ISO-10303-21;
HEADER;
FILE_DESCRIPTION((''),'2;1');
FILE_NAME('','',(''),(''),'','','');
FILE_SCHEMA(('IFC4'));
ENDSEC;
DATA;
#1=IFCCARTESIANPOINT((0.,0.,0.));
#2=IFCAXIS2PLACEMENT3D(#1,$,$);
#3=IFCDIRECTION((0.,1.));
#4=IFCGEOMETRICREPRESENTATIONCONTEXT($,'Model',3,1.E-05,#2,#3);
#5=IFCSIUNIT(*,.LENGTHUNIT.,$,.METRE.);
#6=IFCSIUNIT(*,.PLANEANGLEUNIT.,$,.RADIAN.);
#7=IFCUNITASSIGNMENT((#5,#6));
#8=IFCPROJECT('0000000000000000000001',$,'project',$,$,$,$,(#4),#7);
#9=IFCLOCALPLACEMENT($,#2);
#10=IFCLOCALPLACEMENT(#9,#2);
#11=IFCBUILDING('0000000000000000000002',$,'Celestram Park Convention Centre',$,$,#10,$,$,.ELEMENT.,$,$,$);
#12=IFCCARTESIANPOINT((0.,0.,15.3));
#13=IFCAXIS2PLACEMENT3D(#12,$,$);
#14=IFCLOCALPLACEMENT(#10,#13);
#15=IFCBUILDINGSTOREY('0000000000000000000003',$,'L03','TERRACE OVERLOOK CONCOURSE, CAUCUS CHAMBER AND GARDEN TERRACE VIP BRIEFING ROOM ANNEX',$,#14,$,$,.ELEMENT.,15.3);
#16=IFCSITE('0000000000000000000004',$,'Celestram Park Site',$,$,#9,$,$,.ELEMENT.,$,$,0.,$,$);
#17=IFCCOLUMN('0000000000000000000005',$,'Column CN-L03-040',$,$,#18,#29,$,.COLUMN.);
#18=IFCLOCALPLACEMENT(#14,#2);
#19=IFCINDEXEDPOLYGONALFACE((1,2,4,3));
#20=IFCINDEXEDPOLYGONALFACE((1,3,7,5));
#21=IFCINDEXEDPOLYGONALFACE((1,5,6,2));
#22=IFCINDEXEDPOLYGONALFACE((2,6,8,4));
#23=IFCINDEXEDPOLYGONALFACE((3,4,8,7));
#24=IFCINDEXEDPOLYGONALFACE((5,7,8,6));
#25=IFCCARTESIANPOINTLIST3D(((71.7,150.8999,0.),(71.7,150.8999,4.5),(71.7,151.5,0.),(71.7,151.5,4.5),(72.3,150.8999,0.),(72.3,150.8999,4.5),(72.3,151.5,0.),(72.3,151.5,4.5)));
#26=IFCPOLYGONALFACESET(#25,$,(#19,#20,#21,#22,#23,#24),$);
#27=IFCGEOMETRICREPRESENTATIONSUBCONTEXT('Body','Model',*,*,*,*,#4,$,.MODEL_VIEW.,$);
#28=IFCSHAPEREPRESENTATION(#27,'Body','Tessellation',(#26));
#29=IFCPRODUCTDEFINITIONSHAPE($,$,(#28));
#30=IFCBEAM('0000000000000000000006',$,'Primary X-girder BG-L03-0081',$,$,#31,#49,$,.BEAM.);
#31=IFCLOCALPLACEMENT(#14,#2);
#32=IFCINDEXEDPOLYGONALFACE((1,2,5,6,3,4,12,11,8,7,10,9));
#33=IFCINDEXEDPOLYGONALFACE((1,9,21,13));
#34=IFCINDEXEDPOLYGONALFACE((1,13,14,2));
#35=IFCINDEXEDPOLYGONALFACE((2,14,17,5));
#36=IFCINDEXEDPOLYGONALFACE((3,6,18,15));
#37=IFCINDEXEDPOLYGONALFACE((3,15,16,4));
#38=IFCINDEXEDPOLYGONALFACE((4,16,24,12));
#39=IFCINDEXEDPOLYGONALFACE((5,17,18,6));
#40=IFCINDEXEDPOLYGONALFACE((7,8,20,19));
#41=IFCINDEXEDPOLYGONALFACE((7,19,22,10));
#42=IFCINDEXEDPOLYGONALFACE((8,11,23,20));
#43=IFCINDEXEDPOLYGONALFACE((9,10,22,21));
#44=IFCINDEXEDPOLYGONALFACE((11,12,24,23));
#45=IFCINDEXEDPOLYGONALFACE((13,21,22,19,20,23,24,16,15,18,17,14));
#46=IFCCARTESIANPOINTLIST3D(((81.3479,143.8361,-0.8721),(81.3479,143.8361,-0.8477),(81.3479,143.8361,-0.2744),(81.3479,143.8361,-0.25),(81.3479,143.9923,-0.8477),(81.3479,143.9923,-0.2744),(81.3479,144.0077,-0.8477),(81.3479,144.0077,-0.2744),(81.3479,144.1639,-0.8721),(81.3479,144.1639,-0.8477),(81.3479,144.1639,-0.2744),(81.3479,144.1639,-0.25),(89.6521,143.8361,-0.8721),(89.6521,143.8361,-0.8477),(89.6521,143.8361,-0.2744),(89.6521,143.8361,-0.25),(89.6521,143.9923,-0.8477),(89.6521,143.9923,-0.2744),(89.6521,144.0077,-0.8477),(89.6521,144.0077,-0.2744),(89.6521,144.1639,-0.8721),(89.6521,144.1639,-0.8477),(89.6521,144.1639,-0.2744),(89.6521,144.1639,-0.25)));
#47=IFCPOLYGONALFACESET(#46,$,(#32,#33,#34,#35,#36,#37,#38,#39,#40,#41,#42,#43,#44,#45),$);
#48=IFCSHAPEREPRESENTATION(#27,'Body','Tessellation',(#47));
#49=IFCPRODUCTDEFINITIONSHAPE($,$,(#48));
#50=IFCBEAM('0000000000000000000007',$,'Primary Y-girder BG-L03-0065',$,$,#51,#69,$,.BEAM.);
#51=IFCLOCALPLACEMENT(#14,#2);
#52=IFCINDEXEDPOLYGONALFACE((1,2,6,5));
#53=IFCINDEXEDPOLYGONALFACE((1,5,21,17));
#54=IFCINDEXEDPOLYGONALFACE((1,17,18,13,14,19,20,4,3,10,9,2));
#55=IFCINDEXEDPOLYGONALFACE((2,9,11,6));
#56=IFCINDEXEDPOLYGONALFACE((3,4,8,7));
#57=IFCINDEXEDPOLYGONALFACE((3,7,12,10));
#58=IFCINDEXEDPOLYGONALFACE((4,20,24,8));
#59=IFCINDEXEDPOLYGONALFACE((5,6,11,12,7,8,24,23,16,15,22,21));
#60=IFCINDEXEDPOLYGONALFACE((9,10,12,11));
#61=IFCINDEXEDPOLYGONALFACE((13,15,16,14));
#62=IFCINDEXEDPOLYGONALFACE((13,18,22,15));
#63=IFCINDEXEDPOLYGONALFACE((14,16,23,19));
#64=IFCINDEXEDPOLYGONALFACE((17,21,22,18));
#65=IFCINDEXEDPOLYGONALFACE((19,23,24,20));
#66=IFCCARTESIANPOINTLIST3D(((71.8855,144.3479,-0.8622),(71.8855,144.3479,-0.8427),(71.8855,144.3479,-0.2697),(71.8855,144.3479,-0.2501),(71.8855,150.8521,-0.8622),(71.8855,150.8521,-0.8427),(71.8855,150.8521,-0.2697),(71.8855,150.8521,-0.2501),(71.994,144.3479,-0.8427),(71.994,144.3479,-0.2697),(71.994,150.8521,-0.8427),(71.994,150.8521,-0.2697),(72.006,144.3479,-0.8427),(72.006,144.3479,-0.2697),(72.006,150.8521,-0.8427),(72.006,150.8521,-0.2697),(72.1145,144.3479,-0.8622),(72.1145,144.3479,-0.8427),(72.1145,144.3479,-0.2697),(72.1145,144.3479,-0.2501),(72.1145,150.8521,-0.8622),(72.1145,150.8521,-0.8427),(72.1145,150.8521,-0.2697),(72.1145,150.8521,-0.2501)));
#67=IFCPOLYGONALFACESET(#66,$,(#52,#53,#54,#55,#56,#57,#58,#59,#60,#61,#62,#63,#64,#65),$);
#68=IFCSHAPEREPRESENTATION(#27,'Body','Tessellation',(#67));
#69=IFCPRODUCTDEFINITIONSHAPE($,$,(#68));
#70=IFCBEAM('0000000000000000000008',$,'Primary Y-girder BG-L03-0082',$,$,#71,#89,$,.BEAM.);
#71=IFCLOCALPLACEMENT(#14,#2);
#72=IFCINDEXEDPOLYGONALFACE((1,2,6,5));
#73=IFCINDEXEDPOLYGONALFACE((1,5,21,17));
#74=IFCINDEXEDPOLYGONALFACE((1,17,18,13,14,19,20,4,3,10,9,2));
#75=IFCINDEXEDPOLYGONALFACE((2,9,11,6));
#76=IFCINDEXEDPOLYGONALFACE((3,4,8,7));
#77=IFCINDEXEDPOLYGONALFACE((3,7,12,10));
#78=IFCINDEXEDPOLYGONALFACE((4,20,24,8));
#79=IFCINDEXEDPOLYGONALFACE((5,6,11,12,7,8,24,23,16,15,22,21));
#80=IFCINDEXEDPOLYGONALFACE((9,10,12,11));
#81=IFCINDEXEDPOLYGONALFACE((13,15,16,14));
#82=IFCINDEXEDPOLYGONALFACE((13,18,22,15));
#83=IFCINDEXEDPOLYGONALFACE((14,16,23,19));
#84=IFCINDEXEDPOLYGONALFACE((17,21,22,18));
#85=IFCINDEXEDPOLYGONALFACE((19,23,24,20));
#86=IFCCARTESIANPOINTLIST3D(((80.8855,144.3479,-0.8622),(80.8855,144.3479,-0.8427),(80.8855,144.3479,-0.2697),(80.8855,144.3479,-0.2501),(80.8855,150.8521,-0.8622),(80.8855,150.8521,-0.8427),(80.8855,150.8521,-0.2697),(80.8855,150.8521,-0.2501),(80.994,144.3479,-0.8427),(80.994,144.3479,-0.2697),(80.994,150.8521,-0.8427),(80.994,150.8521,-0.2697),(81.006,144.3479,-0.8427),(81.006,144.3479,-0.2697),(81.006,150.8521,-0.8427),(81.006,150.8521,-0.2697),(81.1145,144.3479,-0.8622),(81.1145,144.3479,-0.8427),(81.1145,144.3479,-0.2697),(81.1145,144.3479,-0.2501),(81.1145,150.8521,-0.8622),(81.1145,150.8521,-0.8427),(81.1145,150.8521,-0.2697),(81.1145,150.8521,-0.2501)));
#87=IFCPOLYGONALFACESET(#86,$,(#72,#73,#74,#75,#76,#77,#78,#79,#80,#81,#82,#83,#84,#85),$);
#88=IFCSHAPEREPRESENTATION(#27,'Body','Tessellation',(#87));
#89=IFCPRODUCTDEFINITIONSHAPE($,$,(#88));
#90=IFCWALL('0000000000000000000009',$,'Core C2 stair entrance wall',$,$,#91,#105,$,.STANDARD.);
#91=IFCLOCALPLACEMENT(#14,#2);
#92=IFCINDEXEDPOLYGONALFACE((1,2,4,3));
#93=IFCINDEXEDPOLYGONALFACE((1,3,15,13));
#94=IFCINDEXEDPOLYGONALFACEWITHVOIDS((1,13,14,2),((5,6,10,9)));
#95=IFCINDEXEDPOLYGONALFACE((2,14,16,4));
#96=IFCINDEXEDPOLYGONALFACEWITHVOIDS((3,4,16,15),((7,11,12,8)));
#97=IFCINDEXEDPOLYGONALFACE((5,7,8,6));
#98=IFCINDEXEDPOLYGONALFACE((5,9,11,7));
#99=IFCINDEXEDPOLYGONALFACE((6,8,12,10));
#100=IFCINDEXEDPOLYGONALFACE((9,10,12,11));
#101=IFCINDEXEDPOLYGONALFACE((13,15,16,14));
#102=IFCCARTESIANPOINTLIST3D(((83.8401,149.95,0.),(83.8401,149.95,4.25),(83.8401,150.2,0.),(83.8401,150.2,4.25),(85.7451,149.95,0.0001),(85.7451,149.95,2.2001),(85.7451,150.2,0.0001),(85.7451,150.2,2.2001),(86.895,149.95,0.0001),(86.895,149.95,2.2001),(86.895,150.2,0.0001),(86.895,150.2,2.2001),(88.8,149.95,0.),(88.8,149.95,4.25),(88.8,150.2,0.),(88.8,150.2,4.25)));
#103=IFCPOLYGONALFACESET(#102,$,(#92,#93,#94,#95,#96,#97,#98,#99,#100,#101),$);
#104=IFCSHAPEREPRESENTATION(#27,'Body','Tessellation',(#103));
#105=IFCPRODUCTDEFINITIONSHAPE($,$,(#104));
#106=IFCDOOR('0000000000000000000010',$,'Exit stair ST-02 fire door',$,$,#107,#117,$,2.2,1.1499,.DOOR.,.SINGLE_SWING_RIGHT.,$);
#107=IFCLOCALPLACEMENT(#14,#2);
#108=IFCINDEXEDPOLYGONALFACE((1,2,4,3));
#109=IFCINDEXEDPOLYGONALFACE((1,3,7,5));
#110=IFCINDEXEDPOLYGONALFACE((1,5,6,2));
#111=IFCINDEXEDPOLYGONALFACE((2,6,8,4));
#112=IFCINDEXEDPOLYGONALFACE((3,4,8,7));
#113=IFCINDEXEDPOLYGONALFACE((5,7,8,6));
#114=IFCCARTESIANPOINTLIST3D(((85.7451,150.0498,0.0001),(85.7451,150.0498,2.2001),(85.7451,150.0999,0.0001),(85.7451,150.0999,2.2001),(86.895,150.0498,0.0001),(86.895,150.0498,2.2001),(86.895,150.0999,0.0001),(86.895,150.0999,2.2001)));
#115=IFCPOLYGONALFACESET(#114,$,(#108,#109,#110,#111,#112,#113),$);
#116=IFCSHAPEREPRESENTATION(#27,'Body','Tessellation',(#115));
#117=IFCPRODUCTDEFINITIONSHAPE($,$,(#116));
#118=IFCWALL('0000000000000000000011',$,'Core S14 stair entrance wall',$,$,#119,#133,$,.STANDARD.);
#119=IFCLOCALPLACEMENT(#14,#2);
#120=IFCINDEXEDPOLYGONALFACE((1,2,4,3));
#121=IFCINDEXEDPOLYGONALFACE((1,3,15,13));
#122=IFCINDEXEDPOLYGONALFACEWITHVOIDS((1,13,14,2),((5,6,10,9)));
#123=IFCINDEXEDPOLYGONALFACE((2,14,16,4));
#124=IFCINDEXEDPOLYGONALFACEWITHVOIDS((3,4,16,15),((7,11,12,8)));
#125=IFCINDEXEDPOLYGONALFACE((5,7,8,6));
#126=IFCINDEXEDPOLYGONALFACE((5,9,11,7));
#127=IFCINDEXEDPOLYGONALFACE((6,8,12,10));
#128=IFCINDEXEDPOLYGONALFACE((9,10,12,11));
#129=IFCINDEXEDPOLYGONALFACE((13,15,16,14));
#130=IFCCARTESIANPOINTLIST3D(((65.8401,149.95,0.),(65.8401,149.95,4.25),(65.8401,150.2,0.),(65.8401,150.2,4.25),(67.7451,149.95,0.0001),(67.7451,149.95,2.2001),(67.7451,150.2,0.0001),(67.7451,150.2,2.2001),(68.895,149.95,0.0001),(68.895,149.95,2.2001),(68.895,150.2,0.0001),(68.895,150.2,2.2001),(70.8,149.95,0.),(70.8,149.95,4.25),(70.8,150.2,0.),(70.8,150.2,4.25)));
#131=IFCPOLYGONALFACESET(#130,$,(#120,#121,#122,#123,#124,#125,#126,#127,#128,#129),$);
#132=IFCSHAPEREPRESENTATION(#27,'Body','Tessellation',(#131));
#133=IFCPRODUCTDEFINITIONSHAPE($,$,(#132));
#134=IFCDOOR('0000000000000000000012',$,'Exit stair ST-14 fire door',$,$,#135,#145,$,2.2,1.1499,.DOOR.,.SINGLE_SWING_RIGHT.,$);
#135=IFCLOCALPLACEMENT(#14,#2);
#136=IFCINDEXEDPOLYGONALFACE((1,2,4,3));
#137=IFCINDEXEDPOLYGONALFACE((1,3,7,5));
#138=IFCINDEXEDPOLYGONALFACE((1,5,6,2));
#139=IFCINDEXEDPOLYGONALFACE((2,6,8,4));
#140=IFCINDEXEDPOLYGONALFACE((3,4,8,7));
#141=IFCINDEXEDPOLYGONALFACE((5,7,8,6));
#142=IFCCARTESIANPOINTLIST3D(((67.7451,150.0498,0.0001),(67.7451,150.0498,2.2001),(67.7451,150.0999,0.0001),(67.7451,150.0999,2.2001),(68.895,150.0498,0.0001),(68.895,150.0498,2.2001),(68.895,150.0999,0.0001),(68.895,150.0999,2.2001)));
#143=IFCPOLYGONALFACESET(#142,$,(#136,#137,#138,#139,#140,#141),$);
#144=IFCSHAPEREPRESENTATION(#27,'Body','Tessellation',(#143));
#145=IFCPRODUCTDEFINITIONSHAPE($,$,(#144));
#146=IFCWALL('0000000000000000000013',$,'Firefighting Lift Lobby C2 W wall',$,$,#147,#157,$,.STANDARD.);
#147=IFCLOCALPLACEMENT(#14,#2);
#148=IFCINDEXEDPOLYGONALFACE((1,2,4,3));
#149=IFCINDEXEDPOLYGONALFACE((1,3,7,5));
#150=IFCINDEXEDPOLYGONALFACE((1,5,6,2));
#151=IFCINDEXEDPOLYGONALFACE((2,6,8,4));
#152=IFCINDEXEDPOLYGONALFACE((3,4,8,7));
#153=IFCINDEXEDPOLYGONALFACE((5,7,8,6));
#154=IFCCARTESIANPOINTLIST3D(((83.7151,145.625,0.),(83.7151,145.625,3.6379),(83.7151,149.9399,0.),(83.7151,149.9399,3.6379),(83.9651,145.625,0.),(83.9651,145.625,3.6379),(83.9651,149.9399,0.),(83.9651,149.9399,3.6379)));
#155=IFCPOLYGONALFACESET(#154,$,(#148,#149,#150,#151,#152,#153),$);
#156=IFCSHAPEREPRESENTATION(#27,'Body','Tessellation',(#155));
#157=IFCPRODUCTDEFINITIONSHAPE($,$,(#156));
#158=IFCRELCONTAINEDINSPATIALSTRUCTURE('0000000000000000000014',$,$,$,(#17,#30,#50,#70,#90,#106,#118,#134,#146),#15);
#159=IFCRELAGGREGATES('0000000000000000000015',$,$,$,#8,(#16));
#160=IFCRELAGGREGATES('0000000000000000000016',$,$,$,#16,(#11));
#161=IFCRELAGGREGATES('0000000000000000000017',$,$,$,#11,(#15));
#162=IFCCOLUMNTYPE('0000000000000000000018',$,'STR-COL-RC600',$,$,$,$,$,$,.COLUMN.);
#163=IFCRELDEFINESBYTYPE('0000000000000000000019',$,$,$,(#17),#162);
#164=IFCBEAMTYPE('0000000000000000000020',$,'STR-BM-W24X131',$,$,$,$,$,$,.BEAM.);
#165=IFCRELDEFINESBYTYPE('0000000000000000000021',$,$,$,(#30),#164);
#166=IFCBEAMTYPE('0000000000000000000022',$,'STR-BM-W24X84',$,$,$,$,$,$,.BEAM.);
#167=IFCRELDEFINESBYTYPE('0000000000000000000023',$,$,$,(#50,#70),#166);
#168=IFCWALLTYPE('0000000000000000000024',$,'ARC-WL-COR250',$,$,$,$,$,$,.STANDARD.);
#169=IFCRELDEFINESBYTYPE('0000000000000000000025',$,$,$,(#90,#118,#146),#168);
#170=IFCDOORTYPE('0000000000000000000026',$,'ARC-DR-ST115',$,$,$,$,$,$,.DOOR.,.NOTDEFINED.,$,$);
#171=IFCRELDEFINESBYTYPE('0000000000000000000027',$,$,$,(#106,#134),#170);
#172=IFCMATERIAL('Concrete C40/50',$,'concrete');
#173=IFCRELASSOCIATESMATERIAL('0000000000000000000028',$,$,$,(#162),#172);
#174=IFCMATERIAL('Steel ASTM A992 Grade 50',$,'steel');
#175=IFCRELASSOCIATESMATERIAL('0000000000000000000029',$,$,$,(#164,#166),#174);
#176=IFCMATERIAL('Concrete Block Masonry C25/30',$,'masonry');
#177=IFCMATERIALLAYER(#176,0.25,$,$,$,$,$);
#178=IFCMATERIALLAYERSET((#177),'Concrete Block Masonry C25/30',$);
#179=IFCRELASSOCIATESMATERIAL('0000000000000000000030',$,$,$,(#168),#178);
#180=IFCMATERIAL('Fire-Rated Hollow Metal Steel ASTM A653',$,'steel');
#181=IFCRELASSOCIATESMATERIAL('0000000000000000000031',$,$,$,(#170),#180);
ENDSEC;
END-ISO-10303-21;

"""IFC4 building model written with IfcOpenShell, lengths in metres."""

from ifc_helpers import new_model, si_unit, direction, frame, frame_2d, origin, origin_2d, place, context, subcontext, project, spatial, rectangle, i_section, extrude, material, layer, layer_set, material_profile, profile_set, type_object, element, fill, save


model = new_model("IFC4")

# Units and contexts
model_context = context("Model", 3, precision=1e-05, world=origin(), true_north=direction((0.0, 1.0)))
body_context = subcontext(model_context, "Body", "Model", "MODEL_VIEW")
ifc_project = project(units=[si_unit("LENGTHUNIT", "METRE"), si_unit("PLANEANGLEUNIT", "RADIAN")], contexts=[model_context])

# Site, building, storey
site_placement = place(None, origin())
site = spatial("IfcSite", under=ifc_project, at=site_placement, Name="Celestram Park Site", CompositionType="ELEMENT", RefElevation=0.0)
building_placement = place(site_placement, origin())
building = spatial("IfcBuilding", under=site, at=building_placement, Name="Celestram Park Convention Centre", CompositionType="ELEMENT")
storey_placement = place(building_placement, frame((0.0, 0.0, 15.3)))
storey = spatial("IfcBuildingStorey", under=building, at=storey_placement, Name="L03", Description="TERRACE OVERLOOK CONCOURSE, CAUCUS CHAMBER AND GARDEN TERRACE VIP BRIEFING ROOM ANNEX", CompositionType="ELEMENT", Elevation=15.3)

# Column
ifc_material_1 = material(Name="Concrete C40/50", Category="concrete")
ifc_material_profile_1 = material_profile(ifc_material_1, rectangle(XDim=0.6001, YDim=0.6001, at=origin_2d()), Name="RC600X600")
ifc_profile_set_1 = profile_set([ifc_material_profile_1], Name="Concrete C40/50")
column_type = type_object("IfcColumnType", Name="STR-COL-RC600", PredefinedType="COLUMN", material=ifc_profile_set_1)
column_placement = place(storey_placement, frame((72.0, 151.2, 0.0), z_axis=(0.0, 0.0, 1.0), x_axis=(1.0, 0.0, 0.0)))
element("IfcColumn", 1, at=column_placement, inside=storey, type_object=column_type, Name="Column CN-L03-040", PredefinedType="COLUMN", context=body_context, shape_type="SweptSolid", body=[
    extrude(rectangle(XDim=0.6001, YDim=0.6001, at=origin_2d()), origin(), (0.0, 0.0, 1.0), 4.5),
])

# Beams
ifc_material_2 = material(Name="Steel ASTM A992 Grade 50", Category="steel")
ifc_material_profile_2 = material_profile(ifc_material_2, i_section(OverallWidth=0.3279, OverallDepth=0.6221, WebThickness=0.0154, FlangeThickness=0.0244, at=origin_2d()), Name="W24X131")
ifc_profile_set_2 = profile_set([ifc_material_profile_2], Name="Steel ASTM A992 Grade 50")
beam_type_1 = type_object("IfcBeamType", Name="STR-BM-W24X131", PredefinedType="BEAM", material=ifc_profile_set_2)
beam_placement = place(storey_placement, frame((81.3479, 144.0, -0.561), z_axis=(1.0, 0.0, 0.0), x_axis=(0.0, 1.0, 0.0)))
element("IfcBeam", 2, at=beam_placement, inside=storey, type_object=beam_type_1, Name="Primary X-girder BG-L03-0081", PredefinedType="BEAM", context=body_context, shape_type="SweptSolid", body=[
    extrude(i_section(OverallWidth=0.3279, OverallDepth=0.6221, WebThickness=0.0154, FlangeThickness=0.0244, at=origin_2d()), origin(), (0.0, 0.0, 1.0), 8.3042),
])
ifc_material_profile_3 = material_profile(ifc_material_2, i_section(OverallWidth=0.229, OverallDepth=0.6121, WebThickness=0.012, FlangeThickness=0.0195, at=origin_2d()), Name="W24X84")
ifc_profile_set_3 = profile_set([ifc_material_profile_3], Name="Steel ASTM A992 Grade 50")
beam_type_2 = type_object("IfcBeamType", Name="STR-BM-W24X84", PredefinedType="BEAM", material=ifc_profile_set_3)
for number, where, z_axis, x_axis, name in (
    (3, (72.0, 144.3479, -0.5562), (0.0, 1.0, 0.0), (-1.0, 0.0, 0.0), "Primary Y-girder BG-L03-0065"),
    (4, (81.0, 144.3479, -0.5562), (0.0, 1.0, 0.0), (-1.0, 0.0, 0.0), "Primary Y-girder BG-L03-0082"),
):
    element("IfcBeam", number, at=place(storey_placement, frame(where, z_axis=z_axis, x_axis=x_axis)), inside=storey, type_object=beam_type_2, Name=name, PredefinedType="BEAM", context=body_context, shape_type="SweptSolid", body=[
        extrude(i_section(OverallWidth=0.229, OverallDepth=0.6121, WebThickness=0.012, FlangeThickness=0.0195, at=origin_2d()), origin(), (0.0, 0.0, 1.0), 6.5042),
    ])

# Walls, openings, doors
ifc_material_3 = material(Name="Concrete Block Masonry C25/30", Category="masonry")
ifc_layer_1 = layer(ifc_material_3, 0.25)
ifc_layer_set_1 = layer_set([ifc_layer_1], Name="Concrete Block Masonry C25/30")
wall_type_1 = type_object("IfcWallType", Name="ARC-WL-COR250", PredefinedType="STANDARD", material=ifc_layer_set_1)
wall_1_placement = place(storey_placement, frame((83.8401, 150.075, 0.0), z_axis=(0.0, 0.0, 1.0), x_axis=(1.0, 0.0, 0.0)))
wall_1 = element("IfcWall", 5, at=wall_1_placement, inside=storey, type_object=wall_type_1, Name="Core C2 stair entrance wall", PredefinedType="STANDARD", context=body_context, shape_type="SweptSolid", body=[
    extrude(rectangle(XDim=4.96, YDim=0.25, at=frame_2d((2.48, 0.0))), origin(), (0.0, 0.0, 1.0), 4.25),
])
opening_1_placement = place(wall_1_placement, frame((1.905, 0.0, 0.0)))
opening_1 = element("IfcOpeningElement", 6, at=opening_1_placement, cuts=wall_1, PredefinedType="OPENING", context=body_context, shape_type="SweptSolid", body=[
    extrude(rectangle(XDim=1.1499, YDim=2.2, at=frame_2d((0.575, 1.1001))), frame((0.0, 0.135, 0.0), z_axis=(0.0, -1.0, 0.0), x_axis=(1.0, 0.0, 0.0)), (0.0, 0.0, 1.0), 0.27),
])
ifc_material_4 = material(Name="Fire-Rated Hollow Metal Steel ASTM A653", Category="steel")
door_type_1 = type_object("IfcDoorType", Name="ARC-DR-ST115", OperationType="NOTDEFINED", PredefinedType="DOOR", material=ifc_material_4)
door_1_placement = place(opening_1_placement, origin())
door_1 = element("IfcDoor", 7, at=door_1_placement, inside=storey, type_object=door_type_1, Name="Exit stair ST-02 fire door", OperationType="SINGLE_SWING_RIGHT", OverallHeight=2.2, OverallWidth=1.1499, PredefinedType="DOOR", context=body_context, shape_type="SweptSolid", body=[
    extrude(rectangle(XDim=1.1499, YDim=2.2, at=frame_2d((0.575, 1.1001))), frame((0.0, 0.0249, 0.0), z_axis=(0.0, -1.0, 0.0), x_axis=(1.0, 0.0, 0.0)), (0.0, 0.0, 1.0), 0.05),
])
fill(opening_1, door_1)
wall_2_placement = place(storey_placement, frame((65.8401, 150.075, 0.0), z_axis=(0.0, 0.0, 1.0), x_axis=(1.0, 0.0, 0.0)))
wall_2 = element("IfcWall", 8, at=wall_2_placement, inside=storey, type_object=wall_type_1, Name="Core S14 stair entrance wall", PredefinedType="STANDARD", context=body_context, shape_type="SweptSolid", body=[
    extrude(rectangle(XDim=4.96, YDim=0.25, at=frame_2d((2.48, 0.0))), origin(), (0.0, 0.0, 1.0), 4.25),
])
opening_2_placement = place(wall_2_placement, frame((1.905, 0.0, 0.0)))
opening_2 = element("IfcOpeningElement", 9, at=opening_2_placement, cuts=wall_2, PredefinedType="OPENING", context=body_context, shape_type="SweptSolid", body=[
    extrude(rectangle(XDim=1.1499, YDim=2.2, at=frame_2d((0.575, 1.1001))), frame((0.0, 0.135, 0.0), z_axis=(0.0, -1.0, 0.0), x_axis=(1.0, 0.0, 0.0)), (0.0, 0.0, 1.0), 0.27),
])
door_2_placement = place(opening_2_placement, origin())
door_2 = element("IfcDoor", 10, at=door_2_placement, inside=storey, type_object=door_type_1, Name="Exit stair ST-14 fire door", OperationType="SINGLE_SWING_RIGHT", OverallHeight=2.2, OverallWidth=1.1499, PredefinedType="DOOR", context=body_context, shape_type="SweptSolid", body=[
    extrude(rectangle(XDim=1.1499, YDim=2.2, at=frame_2d((0.575, 1.1001))), frame((0.0, 0.0249, 0.0), z_axis=(0.0, -1.0, 0.0), x_axis=(1.0, 0.0, 0.0)), (0.0, 0.0, 1.0), 0.05),
])
fill(opening_2, door_2)

# Wall
wall_3_placement = place(storey_placement, frame((83.8401, 149.9399, 0.0), z_axis=(0.0, 0.0, 1.0), x_axis=(0.0, -1.0, 0.0)))
element("IfcWall", 11, at=wall_3_placement, inside=storey, type_object=wall_type_1, Name="Firefighting Lift Lobby C2 W wall", PredefinedType="STANDARD", context=body_context, shape_type="SweptSolid", body=[
    extrude(rectangle(XDim=4.3149, YDim=0.25, at=frame_2d((2.1575, 0.0))), origin(), (0.0, 0.0, 1.0), 3.6379),
])

save(model, "model.ifc")
